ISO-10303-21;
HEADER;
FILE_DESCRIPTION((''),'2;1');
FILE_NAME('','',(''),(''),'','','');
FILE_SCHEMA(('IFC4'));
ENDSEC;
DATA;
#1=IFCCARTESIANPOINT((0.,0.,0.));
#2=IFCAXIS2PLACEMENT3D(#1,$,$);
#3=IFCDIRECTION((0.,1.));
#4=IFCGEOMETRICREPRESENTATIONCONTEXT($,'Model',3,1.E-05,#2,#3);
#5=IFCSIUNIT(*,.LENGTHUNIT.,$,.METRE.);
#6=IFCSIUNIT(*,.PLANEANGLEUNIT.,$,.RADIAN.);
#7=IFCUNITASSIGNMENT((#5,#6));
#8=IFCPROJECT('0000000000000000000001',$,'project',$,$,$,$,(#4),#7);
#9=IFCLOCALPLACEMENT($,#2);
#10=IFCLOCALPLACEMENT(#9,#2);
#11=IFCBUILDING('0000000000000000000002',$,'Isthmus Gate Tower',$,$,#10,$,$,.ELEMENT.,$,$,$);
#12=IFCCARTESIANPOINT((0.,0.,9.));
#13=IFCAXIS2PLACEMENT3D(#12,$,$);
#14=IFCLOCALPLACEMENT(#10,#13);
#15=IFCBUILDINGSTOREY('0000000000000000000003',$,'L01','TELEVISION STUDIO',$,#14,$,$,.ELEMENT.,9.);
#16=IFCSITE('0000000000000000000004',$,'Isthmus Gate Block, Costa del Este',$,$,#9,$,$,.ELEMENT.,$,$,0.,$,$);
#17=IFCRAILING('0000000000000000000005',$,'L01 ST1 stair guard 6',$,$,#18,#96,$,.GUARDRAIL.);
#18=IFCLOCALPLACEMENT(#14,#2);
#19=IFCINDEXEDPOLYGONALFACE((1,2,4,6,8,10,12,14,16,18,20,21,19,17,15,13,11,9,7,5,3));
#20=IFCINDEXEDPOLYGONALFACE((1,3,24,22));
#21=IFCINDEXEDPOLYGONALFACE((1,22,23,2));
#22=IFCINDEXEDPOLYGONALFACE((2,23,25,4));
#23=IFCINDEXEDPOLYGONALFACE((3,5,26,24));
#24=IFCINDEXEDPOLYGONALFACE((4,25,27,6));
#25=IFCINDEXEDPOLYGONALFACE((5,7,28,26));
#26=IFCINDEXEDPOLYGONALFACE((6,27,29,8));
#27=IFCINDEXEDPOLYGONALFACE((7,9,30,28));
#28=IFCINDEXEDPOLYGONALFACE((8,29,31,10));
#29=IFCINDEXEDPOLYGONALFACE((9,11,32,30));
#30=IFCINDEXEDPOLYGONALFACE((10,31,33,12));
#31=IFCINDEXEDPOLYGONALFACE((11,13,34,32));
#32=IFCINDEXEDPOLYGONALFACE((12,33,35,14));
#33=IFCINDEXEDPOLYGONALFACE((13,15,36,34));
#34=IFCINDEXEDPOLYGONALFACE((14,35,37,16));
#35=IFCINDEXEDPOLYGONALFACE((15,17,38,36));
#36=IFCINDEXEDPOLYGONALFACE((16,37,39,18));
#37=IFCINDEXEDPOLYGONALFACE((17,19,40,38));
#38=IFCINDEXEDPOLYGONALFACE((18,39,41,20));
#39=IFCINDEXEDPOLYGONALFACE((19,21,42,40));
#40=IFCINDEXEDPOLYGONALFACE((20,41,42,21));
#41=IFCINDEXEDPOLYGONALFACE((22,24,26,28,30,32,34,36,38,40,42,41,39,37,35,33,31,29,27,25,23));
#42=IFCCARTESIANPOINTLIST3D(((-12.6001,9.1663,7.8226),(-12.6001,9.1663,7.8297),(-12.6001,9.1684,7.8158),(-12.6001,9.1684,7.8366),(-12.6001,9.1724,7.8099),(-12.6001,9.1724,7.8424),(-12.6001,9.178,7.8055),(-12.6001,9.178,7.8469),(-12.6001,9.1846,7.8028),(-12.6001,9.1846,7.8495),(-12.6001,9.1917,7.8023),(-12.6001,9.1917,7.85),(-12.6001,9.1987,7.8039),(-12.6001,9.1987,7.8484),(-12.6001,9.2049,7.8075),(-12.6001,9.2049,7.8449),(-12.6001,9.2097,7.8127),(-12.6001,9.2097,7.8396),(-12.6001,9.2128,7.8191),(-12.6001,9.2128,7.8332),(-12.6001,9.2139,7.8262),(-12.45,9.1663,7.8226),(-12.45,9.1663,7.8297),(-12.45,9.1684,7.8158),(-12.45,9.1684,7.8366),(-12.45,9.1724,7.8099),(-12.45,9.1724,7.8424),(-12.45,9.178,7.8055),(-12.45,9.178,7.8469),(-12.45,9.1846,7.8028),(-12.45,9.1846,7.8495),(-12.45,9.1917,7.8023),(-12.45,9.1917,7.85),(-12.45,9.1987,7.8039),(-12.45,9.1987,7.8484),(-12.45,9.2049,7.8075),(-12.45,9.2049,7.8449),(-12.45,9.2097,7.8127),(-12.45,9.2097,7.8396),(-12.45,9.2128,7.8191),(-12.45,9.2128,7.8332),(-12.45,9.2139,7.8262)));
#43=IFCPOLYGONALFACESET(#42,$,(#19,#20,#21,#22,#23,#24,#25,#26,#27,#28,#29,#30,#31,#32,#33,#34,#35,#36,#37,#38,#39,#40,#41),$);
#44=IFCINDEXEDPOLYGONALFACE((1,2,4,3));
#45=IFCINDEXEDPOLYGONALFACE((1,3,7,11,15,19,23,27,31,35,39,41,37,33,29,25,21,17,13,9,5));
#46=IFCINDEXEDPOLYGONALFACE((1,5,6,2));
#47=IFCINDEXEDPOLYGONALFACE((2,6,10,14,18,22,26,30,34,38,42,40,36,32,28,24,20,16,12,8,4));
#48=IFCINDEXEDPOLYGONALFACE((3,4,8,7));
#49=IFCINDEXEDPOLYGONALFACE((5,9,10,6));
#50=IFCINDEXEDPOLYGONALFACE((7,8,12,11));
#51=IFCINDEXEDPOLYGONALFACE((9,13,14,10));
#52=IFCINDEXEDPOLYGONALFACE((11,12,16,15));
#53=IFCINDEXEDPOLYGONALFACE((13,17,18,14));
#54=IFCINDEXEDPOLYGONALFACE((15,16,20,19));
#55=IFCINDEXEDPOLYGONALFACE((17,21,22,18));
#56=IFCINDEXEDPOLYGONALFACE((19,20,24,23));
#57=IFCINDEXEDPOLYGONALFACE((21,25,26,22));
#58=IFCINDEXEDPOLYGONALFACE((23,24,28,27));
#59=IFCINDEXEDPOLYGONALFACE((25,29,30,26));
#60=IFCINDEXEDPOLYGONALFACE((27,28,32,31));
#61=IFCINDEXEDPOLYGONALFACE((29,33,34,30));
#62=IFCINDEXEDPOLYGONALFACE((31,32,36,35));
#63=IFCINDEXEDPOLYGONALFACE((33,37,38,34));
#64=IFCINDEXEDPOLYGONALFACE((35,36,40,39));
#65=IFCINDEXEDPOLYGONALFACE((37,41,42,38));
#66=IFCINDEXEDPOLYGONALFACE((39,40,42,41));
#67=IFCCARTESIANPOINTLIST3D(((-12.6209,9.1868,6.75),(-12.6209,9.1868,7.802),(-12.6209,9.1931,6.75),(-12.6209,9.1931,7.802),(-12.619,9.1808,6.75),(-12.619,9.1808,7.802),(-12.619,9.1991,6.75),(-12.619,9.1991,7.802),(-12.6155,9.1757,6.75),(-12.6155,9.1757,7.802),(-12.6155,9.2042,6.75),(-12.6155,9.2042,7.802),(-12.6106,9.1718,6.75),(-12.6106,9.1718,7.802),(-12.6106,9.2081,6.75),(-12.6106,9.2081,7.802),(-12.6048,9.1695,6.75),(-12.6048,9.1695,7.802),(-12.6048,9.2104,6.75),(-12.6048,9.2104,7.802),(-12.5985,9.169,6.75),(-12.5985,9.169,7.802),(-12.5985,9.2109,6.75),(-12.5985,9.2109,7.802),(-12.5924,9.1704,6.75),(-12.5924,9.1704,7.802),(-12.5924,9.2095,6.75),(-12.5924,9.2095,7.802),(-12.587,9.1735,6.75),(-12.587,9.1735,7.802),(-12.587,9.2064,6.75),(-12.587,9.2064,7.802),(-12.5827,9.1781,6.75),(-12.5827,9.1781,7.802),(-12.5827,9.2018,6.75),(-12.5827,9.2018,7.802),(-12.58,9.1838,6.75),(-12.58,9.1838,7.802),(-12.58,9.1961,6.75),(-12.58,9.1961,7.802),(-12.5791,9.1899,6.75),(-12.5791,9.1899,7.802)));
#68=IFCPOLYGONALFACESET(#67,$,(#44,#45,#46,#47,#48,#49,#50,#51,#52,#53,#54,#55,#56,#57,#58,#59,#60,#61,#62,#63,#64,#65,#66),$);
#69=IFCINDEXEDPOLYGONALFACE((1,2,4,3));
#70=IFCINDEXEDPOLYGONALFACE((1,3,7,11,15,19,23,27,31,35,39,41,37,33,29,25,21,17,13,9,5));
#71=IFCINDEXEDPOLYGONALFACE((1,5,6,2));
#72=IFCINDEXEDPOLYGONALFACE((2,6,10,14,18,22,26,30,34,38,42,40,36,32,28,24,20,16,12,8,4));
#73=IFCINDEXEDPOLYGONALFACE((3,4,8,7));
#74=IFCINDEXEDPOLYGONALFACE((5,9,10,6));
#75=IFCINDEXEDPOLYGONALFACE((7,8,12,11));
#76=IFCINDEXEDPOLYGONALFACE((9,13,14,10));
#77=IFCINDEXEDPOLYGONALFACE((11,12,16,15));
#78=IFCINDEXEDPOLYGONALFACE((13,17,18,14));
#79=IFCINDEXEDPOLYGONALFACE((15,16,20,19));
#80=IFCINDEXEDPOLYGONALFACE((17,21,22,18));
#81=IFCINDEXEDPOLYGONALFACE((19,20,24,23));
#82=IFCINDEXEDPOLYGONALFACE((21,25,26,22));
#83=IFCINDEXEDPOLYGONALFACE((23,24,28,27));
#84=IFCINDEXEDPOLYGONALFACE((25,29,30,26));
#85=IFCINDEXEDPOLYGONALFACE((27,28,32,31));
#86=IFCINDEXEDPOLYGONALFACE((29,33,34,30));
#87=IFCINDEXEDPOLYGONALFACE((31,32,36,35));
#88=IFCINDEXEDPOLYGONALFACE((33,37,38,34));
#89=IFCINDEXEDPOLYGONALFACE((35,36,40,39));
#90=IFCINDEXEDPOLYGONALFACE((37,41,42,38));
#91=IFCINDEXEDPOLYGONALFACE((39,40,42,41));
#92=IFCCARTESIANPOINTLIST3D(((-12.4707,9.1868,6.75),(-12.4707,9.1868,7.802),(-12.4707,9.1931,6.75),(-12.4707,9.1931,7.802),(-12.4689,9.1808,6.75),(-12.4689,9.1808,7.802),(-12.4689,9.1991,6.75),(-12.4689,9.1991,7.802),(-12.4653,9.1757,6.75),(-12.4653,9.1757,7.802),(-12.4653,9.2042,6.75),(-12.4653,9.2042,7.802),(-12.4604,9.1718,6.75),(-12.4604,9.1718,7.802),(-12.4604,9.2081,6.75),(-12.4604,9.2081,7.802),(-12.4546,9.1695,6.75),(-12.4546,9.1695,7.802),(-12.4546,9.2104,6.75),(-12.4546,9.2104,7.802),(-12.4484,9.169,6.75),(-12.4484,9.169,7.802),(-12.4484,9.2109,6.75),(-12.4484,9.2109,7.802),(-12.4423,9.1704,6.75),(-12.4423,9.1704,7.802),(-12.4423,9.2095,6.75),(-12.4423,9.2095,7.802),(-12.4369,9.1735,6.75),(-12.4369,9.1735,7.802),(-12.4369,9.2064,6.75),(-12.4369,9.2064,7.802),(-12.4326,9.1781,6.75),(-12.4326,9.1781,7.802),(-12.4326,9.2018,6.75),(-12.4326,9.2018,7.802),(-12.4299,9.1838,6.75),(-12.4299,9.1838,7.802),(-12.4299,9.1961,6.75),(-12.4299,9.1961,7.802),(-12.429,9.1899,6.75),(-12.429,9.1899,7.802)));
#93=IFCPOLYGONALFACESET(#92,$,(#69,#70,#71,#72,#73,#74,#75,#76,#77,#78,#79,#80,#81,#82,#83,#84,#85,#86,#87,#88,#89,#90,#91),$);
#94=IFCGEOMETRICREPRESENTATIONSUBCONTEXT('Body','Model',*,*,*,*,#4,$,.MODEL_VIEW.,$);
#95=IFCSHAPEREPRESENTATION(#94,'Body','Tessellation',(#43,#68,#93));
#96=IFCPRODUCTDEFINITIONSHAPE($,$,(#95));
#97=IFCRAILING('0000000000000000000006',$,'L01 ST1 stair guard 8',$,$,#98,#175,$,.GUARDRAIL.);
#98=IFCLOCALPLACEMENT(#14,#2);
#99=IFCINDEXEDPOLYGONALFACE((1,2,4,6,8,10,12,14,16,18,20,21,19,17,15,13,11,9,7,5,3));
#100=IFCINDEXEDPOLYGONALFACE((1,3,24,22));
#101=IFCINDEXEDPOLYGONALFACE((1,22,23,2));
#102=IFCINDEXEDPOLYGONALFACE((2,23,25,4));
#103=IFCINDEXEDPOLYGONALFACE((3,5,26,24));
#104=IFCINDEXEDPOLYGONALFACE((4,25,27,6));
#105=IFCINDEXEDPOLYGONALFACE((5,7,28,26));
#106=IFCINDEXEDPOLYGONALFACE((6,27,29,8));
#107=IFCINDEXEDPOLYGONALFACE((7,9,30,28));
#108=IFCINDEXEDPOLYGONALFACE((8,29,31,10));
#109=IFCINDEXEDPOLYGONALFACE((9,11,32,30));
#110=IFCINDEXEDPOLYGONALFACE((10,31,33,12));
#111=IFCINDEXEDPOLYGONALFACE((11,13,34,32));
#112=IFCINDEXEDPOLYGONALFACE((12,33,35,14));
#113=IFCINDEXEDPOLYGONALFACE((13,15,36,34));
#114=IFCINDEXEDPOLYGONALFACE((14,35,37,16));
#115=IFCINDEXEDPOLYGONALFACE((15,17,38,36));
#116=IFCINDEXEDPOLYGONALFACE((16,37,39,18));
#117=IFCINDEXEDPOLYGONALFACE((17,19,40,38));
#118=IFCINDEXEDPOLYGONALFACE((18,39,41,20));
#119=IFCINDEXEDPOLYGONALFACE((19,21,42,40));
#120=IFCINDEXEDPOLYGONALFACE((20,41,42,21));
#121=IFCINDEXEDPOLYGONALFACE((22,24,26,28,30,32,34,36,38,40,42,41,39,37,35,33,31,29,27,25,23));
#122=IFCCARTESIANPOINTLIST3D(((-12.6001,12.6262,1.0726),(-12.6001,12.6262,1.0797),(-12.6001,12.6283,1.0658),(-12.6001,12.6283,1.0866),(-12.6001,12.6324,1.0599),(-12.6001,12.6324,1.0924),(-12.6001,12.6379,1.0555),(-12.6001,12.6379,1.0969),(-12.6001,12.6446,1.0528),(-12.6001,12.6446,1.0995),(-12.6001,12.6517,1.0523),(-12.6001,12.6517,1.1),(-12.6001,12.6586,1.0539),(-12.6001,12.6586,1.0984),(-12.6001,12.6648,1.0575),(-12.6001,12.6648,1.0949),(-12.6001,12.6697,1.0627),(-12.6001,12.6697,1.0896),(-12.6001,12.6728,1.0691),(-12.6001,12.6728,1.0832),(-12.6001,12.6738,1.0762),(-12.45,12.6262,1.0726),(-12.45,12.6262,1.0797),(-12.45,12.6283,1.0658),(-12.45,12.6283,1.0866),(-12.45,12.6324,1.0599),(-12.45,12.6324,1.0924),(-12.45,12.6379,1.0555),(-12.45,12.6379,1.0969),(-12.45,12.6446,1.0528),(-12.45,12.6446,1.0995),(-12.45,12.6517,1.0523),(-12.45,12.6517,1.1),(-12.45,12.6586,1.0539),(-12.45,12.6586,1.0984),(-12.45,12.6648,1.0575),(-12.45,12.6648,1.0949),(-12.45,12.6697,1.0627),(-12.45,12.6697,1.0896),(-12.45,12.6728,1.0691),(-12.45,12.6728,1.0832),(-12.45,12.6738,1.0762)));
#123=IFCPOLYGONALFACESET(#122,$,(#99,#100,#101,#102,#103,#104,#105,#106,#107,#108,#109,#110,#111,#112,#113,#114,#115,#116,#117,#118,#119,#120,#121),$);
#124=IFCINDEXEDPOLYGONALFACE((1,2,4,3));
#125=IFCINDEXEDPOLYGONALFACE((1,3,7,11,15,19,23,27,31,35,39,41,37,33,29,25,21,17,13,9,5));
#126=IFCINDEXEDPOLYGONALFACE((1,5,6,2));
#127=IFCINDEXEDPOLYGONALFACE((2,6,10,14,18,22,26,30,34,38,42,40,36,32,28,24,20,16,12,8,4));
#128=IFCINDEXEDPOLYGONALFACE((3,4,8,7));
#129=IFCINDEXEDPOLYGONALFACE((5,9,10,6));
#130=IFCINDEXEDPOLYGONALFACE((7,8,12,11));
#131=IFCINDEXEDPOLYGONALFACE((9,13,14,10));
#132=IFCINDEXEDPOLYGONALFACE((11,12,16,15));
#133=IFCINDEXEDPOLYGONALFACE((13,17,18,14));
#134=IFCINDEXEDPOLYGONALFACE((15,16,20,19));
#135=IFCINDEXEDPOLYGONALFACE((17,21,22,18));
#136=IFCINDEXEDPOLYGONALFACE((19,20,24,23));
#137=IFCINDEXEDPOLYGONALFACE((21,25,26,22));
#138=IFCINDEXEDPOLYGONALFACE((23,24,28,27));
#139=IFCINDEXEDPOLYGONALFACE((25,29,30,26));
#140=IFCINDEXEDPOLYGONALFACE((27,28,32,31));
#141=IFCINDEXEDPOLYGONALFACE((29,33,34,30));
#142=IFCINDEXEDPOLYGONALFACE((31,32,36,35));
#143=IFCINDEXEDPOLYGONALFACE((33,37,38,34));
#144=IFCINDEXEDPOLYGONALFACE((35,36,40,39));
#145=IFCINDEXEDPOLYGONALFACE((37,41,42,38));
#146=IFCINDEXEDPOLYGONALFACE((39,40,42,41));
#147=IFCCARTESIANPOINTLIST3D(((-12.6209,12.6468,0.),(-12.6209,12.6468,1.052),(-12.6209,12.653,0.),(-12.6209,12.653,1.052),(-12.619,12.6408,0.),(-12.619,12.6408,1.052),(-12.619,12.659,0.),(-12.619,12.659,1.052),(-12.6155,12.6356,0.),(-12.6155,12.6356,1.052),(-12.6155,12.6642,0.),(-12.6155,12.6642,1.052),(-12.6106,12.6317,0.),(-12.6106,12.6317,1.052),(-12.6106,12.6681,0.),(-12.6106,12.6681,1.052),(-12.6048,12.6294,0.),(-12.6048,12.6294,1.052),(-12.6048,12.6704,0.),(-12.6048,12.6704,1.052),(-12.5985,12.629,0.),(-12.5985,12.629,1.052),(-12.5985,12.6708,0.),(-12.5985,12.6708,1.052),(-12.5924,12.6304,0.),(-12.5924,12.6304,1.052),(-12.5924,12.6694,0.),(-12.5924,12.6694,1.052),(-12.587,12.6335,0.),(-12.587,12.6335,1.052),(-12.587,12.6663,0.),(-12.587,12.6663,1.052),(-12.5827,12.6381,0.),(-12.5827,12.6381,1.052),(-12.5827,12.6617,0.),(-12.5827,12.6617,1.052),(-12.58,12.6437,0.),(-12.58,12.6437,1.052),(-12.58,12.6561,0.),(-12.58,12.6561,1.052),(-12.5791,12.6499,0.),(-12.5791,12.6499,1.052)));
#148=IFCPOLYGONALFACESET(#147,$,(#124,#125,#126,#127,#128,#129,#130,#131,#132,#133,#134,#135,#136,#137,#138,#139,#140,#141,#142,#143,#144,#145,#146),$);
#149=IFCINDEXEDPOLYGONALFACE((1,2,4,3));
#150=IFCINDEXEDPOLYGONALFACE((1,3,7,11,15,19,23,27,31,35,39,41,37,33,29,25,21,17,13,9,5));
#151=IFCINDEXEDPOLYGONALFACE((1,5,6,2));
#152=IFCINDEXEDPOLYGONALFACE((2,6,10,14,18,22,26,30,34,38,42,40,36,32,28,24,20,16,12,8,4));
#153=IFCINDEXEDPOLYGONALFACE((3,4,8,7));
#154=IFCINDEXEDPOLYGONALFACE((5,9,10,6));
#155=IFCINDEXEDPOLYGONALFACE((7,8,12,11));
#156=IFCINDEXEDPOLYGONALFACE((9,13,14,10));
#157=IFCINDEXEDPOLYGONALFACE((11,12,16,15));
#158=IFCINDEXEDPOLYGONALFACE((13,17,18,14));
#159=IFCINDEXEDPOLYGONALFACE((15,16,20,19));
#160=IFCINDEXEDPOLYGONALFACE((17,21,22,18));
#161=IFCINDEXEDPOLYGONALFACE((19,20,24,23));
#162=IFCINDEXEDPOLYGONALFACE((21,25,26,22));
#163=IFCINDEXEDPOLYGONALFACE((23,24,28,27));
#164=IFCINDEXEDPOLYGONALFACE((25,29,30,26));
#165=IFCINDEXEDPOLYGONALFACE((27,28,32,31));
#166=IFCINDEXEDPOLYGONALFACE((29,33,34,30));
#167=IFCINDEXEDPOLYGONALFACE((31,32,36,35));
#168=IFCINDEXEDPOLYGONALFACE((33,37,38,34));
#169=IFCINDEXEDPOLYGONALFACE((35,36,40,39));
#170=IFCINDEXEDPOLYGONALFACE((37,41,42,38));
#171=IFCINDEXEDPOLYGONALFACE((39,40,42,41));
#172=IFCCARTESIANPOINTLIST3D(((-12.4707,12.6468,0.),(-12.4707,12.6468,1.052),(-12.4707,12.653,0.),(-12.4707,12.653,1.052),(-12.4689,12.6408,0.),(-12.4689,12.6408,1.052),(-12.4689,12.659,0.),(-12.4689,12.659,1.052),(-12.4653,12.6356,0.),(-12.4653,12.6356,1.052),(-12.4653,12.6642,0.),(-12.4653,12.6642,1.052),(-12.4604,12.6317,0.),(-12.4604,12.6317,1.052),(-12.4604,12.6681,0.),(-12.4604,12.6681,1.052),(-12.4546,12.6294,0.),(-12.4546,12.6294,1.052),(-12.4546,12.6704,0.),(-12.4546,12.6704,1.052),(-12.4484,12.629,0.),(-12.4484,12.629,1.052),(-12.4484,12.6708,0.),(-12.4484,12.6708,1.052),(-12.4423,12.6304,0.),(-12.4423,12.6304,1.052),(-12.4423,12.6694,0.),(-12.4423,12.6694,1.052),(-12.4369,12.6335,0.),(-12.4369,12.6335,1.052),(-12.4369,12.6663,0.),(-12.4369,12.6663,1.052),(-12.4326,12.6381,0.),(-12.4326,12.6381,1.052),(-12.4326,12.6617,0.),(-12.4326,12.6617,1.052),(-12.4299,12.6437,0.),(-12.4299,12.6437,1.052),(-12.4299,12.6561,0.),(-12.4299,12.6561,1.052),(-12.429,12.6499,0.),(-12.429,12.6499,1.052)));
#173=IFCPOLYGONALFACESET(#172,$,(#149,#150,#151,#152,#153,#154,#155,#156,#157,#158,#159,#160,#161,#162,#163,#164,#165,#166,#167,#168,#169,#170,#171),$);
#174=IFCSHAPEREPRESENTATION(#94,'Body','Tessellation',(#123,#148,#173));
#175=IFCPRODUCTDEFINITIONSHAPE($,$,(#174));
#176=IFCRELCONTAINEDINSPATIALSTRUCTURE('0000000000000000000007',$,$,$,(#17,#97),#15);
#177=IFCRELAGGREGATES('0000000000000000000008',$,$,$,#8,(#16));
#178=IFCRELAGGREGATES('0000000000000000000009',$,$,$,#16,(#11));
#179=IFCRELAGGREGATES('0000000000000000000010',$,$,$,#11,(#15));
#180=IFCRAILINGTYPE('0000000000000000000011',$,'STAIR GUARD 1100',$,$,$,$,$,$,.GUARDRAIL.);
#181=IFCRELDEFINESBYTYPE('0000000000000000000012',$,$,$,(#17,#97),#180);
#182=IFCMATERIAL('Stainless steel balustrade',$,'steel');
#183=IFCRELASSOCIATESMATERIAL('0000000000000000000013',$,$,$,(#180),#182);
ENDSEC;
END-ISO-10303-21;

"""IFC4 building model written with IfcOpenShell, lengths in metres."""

from ifc_helpers import new_model, si_unit, direction, frame, origin, origin_2d, place, context, subcontext, project, spatial, circle, extrude, material, type_object, element, save


model = new_model("IFC4")

# Units and contexts
model_context = context("Model", 3, precision=1e-05, world=origin(), true_north=direction((0.0, 1.0)))
body_context = subcontext(model_context, "Body", "Model", "MODEL_VIEW")
ifc_project = project(units=[si_unit("LENGTHUNIT", "METRE"), si_unit("PLANEANGLEUNIT", "RADIAN")], contexts=[model_context])

# Site, building, storey
site_placement = place(None, origin())
site = spatial("IfcSite", under=ifc_project, at=site_placement, Name="Isthmus Gate Block, Costa del Este", CompositionType="ELEMENT", RefElevation=0.0)
building_placement = place(site_placement, origin())
building = spatial("IfcBuilding", under=site, at=building_placement, Name="Isthmus Gate Tower", CompositionType="ELEMENT")
storey_placement = place(building_placement, frame((0.0, 0.0, 9.0)))
storey = spatial("IfcBuildingStorey", under=building, at=storey_placement, Name="L01", Description="TELEVISION STUDIO", CompositionType="ELEMENT", Elevation=9.0)

# Railings
ifc_material_1 = material(Name="Stainless steel balustrade", Category="steel")
railing_type_1 = type_object("IfcRailingType", Name="STAIR GUARD 1100", PredefinedType="GUARDRAIL", material=ifc_material_1)
for number, where, name in (
    (1, (-12.6001, 9.1899, 6.75), "L01 ST1 stair guard 6"),
    (2, (-12.6001, 12.6499, 0.0), "L01 ST1 stair guard 8"),
):
    element("IfcRailing", number, at=place(storey_placement, frame(where)), inside=storey, type_object=railing_type_1, Name=name, PredefinedType="GUARDRAIL", context=body_context, shape_type="SweptSolid", body=[
        extrude(circle(Radius=0.0239, at=origin_2d()), frame((0.0, 0.0, 1.0762), z_axis=(1.0, 0.0, 0.0), x_axis=(0.0, 1.0, 0.0)), (0.0, 0.0, 1.0), 0.1501),
        extrude(circle(Radius=0.021, at=origin_2d()), origin(), (0.0, 0.0, 1.0), 1.052),
        extrude(circle(Radius=0.021, at=origin_2d()), frame((0.1501, 0.0, 0.0)), (0.0, 0.0, 1.0), 1.052),
    ])

save(model, "model.ifc")
